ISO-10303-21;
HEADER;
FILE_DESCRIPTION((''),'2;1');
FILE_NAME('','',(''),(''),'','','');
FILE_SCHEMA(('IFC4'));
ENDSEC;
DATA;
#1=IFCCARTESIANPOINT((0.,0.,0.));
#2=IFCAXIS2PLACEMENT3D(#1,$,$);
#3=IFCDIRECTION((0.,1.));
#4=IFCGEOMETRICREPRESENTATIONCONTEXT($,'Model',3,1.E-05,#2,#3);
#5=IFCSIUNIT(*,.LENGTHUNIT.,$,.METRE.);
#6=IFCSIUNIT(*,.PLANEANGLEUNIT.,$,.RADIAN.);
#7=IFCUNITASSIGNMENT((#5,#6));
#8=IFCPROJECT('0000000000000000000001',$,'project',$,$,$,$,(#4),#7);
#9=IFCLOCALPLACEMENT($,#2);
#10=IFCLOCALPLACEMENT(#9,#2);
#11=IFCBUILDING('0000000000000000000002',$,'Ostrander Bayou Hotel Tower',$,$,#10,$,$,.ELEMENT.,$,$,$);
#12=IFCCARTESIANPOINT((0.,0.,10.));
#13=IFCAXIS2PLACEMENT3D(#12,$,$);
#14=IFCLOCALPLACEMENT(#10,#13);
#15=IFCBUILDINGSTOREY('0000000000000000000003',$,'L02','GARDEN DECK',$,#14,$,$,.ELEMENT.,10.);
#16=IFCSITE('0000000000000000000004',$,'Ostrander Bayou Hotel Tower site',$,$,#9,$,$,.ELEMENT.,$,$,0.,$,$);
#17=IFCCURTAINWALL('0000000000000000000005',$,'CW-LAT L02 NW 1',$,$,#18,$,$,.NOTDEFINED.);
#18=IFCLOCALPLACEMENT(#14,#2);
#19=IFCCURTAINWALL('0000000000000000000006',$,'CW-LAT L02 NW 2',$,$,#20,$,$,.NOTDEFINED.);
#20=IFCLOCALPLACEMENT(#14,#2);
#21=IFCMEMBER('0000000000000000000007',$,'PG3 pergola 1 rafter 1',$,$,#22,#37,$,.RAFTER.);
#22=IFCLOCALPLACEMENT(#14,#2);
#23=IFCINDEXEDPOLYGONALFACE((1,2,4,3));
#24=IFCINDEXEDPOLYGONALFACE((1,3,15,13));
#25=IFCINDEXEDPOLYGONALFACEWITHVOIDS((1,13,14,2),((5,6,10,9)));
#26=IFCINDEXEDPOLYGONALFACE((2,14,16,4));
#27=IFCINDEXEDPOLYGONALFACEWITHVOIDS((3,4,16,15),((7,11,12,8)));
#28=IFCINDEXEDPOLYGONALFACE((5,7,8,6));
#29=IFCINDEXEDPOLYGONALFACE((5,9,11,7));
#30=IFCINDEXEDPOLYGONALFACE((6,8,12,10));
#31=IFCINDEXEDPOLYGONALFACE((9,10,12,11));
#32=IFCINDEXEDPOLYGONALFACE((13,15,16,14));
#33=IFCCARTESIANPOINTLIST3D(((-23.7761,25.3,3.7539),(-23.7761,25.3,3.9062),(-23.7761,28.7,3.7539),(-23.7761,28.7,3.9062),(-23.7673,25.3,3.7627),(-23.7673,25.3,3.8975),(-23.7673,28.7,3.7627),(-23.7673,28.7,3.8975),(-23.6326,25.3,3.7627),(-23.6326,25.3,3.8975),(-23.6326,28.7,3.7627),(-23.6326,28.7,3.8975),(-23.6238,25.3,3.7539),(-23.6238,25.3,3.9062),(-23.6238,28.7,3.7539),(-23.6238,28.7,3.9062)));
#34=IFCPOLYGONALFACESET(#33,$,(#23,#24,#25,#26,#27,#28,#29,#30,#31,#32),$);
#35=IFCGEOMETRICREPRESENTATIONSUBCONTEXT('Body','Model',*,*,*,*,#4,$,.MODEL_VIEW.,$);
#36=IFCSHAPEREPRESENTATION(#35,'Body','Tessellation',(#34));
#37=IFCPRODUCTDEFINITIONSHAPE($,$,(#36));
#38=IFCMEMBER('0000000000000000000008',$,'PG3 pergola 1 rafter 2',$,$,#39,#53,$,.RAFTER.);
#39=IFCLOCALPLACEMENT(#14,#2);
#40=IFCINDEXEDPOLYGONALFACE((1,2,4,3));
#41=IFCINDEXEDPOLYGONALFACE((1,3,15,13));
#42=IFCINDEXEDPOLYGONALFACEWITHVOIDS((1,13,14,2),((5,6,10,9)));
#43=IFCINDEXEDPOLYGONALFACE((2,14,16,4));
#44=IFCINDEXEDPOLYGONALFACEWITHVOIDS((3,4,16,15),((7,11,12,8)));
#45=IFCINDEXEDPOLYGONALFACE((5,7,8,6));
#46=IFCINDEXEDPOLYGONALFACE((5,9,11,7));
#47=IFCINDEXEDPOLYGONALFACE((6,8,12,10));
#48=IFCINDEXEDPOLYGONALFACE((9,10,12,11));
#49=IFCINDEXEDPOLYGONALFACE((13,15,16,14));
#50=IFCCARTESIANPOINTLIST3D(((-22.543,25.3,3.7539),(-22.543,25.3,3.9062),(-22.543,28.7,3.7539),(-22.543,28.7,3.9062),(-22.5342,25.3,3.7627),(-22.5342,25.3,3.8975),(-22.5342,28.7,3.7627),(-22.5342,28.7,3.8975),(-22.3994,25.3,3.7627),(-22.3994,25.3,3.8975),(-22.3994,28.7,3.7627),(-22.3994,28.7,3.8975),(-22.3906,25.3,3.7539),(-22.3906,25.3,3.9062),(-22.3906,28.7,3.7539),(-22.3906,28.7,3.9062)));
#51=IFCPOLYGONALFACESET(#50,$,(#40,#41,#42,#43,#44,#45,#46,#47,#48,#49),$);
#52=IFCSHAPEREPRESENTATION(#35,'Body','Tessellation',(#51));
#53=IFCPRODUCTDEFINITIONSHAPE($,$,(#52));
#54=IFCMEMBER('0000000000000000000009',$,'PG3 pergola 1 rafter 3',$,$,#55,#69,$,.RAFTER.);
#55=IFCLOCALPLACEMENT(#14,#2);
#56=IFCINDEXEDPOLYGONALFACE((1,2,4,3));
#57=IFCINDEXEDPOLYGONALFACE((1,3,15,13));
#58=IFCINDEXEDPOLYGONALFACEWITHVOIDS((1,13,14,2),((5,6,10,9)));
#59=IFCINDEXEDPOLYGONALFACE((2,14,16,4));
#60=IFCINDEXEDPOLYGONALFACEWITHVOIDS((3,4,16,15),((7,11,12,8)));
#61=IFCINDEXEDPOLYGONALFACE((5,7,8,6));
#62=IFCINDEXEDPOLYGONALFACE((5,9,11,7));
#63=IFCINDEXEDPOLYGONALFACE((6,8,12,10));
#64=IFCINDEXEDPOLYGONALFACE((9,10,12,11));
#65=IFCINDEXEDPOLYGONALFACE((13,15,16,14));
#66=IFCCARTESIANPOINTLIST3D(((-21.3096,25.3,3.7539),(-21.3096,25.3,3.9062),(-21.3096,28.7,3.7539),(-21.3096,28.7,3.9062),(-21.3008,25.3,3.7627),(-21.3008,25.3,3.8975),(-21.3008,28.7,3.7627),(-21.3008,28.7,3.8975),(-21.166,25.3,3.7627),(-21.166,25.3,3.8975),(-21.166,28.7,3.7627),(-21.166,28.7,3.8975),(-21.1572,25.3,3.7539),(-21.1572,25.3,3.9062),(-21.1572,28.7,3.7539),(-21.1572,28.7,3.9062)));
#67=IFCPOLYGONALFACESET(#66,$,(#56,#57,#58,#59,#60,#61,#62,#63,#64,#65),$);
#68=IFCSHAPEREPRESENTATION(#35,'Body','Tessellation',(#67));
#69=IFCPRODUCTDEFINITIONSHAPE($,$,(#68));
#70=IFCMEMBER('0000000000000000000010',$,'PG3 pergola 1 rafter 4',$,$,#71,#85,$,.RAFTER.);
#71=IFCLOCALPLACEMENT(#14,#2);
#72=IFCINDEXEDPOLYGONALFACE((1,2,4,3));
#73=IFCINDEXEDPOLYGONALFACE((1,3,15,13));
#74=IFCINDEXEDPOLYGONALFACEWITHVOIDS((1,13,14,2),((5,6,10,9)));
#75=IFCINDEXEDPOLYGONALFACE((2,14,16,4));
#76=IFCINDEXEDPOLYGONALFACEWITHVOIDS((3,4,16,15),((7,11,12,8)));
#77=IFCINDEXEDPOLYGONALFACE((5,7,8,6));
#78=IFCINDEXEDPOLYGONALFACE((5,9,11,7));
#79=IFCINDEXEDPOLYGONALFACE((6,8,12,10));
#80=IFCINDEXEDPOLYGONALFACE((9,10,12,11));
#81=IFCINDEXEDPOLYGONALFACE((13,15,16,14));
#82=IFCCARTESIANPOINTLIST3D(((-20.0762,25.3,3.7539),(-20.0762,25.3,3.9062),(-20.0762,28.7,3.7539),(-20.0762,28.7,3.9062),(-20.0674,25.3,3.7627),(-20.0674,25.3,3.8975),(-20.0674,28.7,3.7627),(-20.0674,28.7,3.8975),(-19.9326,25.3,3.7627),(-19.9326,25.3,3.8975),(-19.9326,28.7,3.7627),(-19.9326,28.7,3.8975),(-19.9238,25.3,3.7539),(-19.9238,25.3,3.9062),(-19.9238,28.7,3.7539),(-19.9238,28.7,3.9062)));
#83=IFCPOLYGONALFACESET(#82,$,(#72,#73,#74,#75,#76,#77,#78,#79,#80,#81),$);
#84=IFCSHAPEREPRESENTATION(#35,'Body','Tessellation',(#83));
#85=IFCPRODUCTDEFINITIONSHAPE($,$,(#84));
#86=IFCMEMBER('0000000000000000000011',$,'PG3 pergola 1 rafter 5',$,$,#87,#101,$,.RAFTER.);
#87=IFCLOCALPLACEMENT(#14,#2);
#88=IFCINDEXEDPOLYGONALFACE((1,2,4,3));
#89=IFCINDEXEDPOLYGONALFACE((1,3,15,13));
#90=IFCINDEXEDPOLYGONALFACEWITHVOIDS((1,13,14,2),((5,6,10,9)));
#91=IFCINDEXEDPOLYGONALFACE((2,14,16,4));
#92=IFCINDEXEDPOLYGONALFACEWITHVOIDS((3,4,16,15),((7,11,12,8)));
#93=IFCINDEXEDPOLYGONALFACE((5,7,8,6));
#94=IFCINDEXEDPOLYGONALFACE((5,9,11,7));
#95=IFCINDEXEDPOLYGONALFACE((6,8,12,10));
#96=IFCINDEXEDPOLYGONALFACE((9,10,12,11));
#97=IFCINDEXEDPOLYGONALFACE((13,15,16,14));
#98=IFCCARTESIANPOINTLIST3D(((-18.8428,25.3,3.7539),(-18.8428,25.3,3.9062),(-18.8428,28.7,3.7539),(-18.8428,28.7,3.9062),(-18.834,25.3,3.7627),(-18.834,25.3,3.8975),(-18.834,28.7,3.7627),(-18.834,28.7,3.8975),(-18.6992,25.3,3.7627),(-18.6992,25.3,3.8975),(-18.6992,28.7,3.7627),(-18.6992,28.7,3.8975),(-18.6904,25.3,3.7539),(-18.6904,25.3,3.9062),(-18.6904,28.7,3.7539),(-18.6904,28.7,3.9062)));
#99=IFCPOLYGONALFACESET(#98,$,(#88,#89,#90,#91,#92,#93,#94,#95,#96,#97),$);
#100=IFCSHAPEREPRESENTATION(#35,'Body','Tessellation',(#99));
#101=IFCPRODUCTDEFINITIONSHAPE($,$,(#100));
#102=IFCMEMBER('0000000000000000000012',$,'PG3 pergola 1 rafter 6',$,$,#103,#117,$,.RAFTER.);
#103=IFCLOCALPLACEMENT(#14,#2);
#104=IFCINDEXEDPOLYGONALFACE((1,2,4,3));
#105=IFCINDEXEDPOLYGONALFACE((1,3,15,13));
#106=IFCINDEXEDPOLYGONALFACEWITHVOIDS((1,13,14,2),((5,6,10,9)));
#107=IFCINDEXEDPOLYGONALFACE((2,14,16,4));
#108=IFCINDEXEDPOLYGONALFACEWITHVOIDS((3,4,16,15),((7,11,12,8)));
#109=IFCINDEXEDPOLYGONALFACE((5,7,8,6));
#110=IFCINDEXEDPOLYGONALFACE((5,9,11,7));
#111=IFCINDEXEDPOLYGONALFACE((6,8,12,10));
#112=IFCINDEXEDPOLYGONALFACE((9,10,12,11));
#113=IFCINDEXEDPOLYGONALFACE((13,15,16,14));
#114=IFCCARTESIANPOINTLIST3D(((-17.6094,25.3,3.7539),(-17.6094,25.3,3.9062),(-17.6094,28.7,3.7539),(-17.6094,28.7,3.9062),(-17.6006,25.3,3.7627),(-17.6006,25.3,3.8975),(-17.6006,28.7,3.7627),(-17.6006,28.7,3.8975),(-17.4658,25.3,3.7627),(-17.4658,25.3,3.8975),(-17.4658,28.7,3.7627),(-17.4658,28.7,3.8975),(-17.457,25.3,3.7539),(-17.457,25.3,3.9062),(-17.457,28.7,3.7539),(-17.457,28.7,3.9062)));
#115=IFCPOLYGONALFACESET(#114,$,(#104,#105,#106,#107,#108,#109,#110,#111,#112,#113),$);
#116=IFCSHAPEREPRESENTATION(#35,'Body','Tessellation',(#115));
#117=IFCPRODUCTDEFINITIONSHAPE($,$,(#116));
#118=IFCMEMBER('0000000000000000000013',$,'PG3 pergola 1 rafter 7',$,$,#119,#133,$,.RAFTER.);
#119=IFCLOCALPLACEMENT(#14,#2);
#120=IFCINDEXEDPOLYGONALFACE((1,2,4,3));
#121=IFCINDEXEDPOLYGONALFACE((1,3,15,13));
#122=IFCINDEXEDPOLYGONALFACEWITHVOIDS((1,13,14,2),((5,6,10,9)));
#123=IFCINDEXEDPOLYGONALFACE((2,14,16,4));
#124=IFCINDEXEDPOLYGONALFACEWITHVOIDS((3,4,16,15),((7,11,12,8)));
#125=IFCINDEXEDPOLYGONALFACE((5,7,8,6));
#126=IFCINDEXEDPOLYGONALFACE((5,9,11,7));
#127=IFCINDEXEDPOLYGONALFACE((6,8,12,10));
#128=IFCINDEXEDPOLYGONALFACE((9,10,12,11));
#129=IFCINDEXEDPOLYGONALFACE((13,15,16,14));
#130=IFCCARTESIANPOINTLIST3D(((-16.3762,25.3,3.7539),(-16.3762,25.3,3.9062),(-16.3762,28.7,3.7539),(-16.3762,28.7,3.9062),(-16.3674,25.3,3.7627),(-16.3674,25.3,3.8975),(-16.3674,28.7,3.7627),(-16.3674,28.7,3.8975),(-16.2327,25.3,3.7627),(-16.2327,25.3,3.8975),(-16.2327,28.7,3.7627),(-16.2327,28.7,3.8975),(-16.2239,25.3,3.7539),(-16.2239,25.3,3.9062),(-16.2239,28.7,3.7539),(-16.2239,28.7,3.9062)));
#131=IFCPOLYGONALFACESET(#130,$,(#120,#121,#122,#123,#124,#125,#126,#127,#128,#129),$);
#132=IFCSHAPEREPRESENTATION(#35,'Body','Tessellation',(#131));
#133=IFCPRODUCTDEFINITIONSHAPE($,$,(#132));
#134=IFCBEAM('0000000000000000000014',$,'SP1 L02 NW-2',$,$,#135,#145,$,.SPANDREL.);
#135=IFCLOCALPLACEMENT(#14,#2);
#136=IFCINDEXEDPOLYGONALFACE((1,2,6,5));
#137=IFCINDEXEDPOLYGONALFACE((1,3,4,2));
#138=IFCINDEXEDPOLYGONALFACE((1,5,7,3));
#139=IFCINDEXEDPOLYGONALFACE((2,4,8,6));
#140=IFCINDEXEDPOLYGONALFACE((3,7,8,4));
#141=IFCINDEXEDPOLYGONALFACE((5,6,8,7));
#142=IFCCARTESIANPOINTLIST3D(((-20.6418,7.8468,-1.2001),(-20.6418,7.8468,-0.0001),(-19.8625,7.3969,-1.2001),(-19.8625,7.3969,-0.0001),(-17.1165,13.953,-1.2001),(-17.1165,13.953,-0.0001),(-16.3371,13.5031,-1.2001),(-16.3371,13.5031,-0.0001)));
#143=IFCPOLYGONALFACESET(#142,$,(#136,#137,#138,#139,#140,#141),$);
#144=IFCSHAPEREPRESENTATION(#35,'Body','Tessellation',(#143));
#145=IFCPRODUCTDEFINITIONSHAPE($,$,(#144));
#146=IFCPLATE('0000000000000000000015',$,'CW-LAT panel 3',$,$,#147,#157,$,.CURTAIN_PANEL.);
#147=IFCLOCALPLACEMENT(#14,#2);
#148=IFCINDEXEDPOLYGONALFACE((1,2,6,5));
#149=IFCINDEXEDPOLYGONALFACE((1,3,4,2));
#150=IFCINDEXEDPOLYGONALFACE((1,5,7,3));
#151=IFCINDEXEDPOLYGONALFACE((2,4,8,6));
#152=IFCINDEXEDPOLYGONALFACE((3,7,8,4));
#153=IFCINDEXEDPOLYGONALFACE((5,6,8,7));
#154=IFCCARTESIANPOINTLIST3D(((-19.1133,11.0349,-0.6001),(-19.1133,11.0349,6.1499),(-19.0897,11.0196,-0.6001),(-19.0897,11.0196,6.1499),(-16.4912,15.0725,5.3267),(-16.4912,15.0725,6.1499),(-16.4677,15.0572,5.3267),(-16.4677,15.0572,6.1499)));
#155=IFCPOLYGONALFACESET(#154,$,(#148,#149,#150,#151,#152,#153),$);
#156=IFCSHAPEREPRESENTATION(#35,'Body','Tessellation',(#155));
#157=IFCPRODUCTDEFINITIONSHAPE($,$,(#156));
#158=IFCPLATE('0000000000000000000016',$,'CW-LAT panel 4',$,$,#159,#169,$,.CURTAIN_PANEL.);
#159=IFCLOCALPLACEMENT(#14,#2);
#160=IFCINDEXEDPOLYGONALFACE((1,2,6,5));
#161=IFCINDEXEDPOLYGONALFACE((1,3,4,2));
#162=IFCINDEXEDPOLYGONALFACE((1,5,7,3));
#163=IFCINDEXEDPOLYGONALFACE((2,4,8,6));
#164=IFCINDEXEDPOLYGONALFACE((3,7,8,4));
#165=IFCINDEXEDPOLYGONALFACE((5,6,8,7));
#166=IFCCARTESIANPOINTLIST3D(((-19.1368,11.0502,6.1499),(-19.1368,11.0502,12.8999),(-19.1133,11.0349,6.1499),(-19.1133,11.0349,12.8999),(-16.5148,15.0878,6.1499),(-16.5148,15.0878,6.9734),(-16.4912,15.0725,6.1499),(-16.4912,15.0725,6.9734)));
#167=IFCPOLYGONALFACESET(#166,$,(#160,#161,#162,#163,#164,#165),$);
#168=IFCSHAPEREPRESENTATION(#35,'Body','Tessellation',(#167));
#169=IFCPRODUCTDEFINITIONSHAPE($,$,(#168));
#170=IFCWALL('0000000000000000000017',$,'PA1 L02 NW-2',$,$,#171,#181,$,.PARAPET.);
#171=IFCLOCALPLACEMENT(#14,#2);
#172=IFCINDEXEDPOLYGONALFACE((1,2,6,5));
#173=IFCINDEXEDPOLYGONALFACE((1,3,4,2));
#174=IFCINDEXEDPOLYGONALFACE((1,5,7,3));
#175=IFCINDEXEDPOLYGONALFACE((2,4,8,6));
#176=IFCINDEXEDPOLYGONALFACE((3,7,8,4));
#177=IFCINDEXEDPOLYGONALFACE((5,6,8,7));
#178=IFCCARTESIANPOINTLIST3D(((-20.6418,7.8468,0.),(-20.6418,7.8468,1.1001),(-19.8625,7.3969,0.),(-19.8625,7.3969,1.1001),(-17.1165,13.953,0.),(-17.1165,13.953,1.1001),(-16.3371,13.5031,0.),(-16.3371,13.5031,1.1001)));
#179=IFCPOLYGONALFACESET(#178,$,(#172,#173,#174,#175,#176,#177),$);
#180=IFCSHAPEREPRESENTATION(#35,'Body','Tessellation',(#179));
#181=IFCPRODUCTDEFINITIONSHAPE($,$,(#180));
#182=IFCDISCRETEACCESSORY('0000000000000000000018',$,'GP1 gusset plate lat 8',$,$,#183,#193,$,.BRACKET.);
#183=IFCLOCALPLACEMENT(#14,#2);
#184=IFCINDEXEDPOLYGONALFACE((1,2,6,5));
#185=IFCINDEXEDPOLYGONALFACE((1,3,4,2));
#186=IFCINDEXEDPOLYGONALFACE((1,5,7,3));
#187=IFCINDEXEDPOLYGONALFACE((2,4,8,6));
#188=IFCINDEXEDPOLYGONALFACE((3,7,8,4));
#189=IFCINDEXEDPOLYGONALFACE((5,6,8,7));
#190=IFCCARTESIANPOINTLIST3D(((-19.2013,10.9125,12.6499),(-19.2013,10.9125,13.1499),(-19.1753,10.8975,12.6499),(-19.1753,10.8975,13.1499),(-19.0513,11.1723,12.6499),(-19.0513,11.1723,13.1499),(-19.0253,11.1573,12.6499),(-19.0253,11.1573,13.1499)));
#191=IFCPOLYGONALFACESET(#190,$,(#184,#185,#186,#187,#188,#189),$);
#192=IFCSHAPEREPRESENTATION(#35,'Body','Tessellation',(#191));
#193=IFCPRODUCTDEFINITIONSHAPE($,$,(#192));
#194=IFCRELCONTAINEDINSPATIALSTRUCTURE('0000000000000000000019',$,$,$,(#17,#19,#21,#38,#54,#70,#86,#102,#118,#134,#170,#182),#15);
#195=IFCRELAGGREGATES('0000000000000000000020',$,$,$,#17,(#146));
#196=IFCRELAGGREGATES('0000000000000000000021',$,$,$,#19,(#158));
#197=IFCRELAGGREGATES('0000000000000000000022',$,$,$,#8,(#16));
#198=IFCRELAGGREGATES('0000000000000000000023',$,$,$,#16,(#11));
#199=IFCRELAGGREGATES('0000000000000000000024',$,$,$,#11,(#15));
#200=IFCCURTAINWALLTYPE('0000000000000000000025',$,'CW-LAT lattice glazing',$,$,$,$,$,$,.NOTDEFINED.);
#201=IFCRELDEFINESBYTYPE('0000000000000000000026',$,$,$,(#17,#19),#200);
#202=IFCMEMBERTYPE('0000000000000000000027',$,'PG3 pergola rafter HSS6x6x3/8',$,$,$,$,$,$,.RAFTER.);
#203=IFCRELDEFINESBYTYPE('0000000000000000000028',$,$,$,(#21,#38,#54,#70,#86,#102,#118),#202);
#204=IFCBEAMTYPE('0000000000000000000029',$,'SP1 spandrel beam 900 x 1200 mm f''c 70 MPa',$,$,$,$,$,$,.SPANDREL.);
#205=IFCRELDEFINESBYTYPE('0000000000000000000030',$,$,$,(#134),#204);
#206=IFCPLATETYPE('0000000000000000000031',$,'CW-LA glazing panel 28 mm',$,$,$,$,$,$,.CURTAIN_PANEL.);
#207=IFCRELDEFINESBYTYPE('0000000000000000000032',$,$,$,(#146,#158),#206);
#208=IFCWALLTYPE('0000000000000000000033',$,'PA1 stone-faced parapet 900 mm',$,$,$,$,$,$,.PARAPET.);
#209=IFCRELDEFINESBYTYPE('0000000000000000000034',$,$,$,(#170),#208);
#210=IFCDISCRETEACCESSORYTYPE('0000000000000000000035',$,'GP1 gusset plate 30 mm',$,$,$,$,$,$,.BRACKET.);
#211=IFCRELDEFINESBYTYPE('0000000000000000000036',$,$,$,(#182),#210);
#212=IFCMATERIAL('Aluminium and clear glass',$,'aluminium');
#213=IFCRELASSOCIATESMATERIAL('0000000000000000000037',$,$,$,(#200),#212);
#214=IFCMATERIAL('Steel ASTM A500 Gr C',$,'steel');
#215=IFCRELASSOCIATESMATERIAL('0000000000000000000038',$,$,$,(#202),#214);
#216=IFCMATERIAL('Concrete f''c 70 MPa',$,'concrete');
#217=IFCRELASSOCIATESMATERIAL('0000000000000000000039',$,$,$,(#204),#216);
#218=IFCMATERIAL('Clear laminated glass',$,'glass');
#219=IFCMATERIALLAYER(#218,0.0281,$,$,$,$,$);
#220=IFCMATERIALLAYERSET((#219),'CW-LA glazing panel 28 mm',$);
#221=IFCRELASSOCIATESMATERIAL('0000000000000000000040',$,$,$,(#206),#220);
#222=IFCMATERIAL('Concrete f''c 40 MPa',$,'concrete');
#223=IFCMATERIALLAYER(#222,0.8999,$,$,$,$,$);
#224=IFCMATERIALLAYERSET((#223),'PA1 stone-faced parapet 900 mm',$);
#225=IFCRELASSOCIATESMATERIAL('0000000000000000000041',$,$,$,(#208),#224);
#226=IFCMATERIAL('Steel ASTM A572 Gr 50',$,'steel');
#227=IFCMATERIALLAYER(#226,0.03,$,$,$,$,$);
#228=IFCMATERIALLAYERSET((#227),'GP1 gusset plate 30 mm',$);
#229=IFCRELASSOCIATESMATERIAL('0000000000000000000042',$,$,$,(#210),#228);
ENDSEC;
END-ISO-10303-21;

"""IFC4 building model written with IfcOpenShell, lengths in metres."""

from ifc_helpers import new_model, si_unit, direction, frame, frame_2d, origin, origin_2d, place, context, subcontext, project, spatial, polyline, rectangle, hollow_rectangle, outline, extrude, material, layer, layer_set, material_profile, profile_set, type_object, element, aggregate, save


model = new_model("IFC4")

# Units and contexts
model_context = context("Model", 3, precision=1e-05, world=origin(), true_north=direction((0.0, 1.0)))
body_context = subcontext(model_context, "Body", "Model", "MODEL_VIEW")
ifc_project = project(units=[si_unit("LENGTHUNIT", "METRE"), si_unit("PLANEANGLEUNIT", "RADIAN")], contexts=[model_context])

# Site, building, storey
site_placement = place(None, origin())
site = spatial("IfcSite", under=ifc_project, at=site_placement, Name="Ostrander Bayou Hotel Tower site", CompositionType="ELEMENT", RefElevation=0.0)
building_placement = place(site_placement, origin())
building = spatial("IfcBuilding", under=site, at=building_placement, Name="Ostrander Bayou Hotel Tower", CompositionType="ELEMENT")
storey_placement = place(building_placement, frame((0.0, 0.0, 10.0)))
storey = spatial("IfcBuildingStorey", under=building, at=storey_placement, Name="L02", Description="GARDEN DECK", CompositionType="ELEMENT", Elevation=10.0)

# Curtain walls
ifc_material_1 = material(Name="Aluminium and clear glass", Category="aluminium")
curtain_wall_type = type_object("IfcCurtainWallType", Name="CW-LAT lattice glazing", PredefinedType="NOTDEFINED", material=ifc_material_1)
curtain_wall_1_placement = place(storey_placement, origin())
curtain_wall_1 = element("IfcCurtainWall", 1, at=curtain_wall_1_placement, inside=storey, type_object=curtain_wall_type, Name="CW-LAT L02 NW 1", PredefinedType="NOTDEFINED")
curtain_wall_2_placement = place(storey_placement, origin())
curtain_wall_2 = element("IfcCurtainWall", 2, at=curtain_wall_2_placement, inside=storey, type_object=curtain_wall_type, Name="CW-LAT L02 NW 2", PredefinedType="NOTDEFINED")

# Members
ifc_material_2 = material(Name="Steel ASTM A500 Gr C", Category="steel")
ifc_material_profile_1 = material_profile(ifc_material_2, hollow_rectangle(XDim=0.1523, YDim=0.1523, WallThickness=0.0088, at=origin_2d()))
ifc_profile_set_1 = profile_set([ifc_material_profile_1], Name="Steel ASTM A500 Gr C")
member_type_1 = type_object("IfcMemberType", Name="PG3 pergola rafter HSS6x6x3/8", PredefinedType="RAFTER", material=ifc_profile_set_1)
for number, where, z_axis, x_axis, name in (
    (3, (-23.7, 25.3, 3.8301), (0.0, 1.0, 0.0), (-1.0, 0.0, 0.0), "PG3 pergola 1 rafter 1"),
    (4, (-22.4668, 25.3, 3.8301), (0.0, 1.0, 0.0), (-1.0, 0.0, 0.0), "PG3 pergola 1 rafter 2"),
    (5, (-21.2334, 25.3, 3.8301), (0.0, 1.0, 0.0), (-1.0, 0.0, 0.0), "PG3 pergola 1 rafter 3"),
    (6, (-20.0, 25.3, 3.8301), (0.0, 1.0, 0.0), (-1.0, 0.0, 0.0), "PG3 pergola 1 rafter 4"),
    (7, (-18.7666, 25.3, 3.8301), (0.0, 1.0, 0.0), (-1.0, 0.0, 0.0), "PG3 pergola 1 rafter 5"),
    (8, (-17.5332, 25.3, 3.8301), (0.0, 1.0, 0.0), (-1.0, 0.0, 0.0), "PG3 pergola 1 rafter 6"),
    (9, (-16.3, 25.3, 3.8301), (0.0, 1.0, 0.0), (-1.0, 0.0, 0.0), "PG3 pergola 1 rafter 7"),
):
    element("IfcMember", number, at=place(storey_placement, frame(where, z_axis=z_axis, x_axis=x_axis)), inside=storey, type_object=member_type_1, Name=name, PredefinedType="RAFTER", context=body_context, shape_type="SweptSolid", body=[
        extrude(hollow_rectangle(XDim=0.1523, YDim=0.1523, WallThickness=0.0088, at=origin_2d()), origin(), (0.0, 0.0, 1.0), 3.3999),
    ])

# Beam
ifc_material_3 = material(Name="Concrete f'c 70 MPa", Category="concrete")
ifc_material_profile_2 = material_profile(ifc_material_3, rectangle(XDim=0.8999, YDim=1.2, at=origin_2d()))
ifc_profile_set_2 = profile_set([ifc_material_profile_2], Name="Concrete f'c 70 MPa")
beam_type_1 = type_object("IfcBeamType", Name="SP1 spandrel beam 900 x 1200 mm f'c 70 MPa", PredefinedType="SPANDREL", material=ifc_profile_set_2)
beam_placement = place(storey_placement, frame((-16.7268, 13.728, -0.6001), z_axis=(-0.499997, -0.866027, 0.0), x_axis=(0.866027, -0.499997, 0.0)))
element("IfcBeam", 10, at=beam_placement, inside=storey, type_object=beam_type_1, Name="SP1 L02 NW-2", PredefinedType="SPANDREL", context=body_context, shape_type="SweptSolid", body=[
    extrude(rectangle(XDim=0.8999, YDim=1.2, at=origin_2d()), origin(), (0.0, 0.0, 1.0), 7.0508),
])

# Plates
ifc_material_4 = material(Name="Clear laminated glass", Category="glass")
ifc_layer_1 = layer(ifc_material_4, 0.0281)
ifc_layer_set_1 = layer_set([ifc_layer_1], Name="CW-LA glazing panel 28 mm")
plate_type = type_object("IfcPlateType", Name="CW-LA glazing panel 28 mm", PredefinedType="CURTAIN_PANEL", material=ifc_layer_set_1)
plate_1_placement = place(storey_placement, frame((-16.4912, 15.0725, 5.3267), z_axis=(-0.838668, 0.544643, 0.0), x_axis=(-0.343396, -0.528779, -0.776191)))
plate_1 = element("IfcPlate", 11, at=plate_1_placement, type_object=plate_type, Name="CW-LAT panel 3", PredefinedType="CURTAIN_PANEL", context=body_context, shape_type="SweptSolid", body=[
    extrude(outline(polyline([(0.0, 0.0), (7.6357, 0.0), (2.3964, 4.2559), (-0.639, 0.5191), (0.0, 0.0)])), origin(), (0.0, 0.0, -1.0), 0.0281),
])
aggregate(curtain_wall_1, [plate_1])
plate_2_placement = place(storey_placement, frame((-16.4912, 15.0725, 6.9734), z_axis=(0.838668, -0.544643, 0.0), x_axis=(-0.343405, -0.528792, 0.776178)))
plate_2 = element("IfcPlate", 12, at=plate_2_placement, type_object=plate_type, Name="CW-LAT panel 4", PredefinedType="CURTAIN_PANEL", context=body_context, shape_type="SweptSolid", body=[
    extrude(outline(polyline([(0.0, 0.0), (7.6355, 0.0), (2.3963, 4.256), (-0.6392, 0.5192), (0.0, 0.0)])), origin(), (0.0, 0.0, -1.0), 0.0281),
])
aggregate(curtain_wall_2, [plate_2])

# Wall
ifc_material_5 = material(Name="Concrete f'c 40 MPa", Category="concrete")
ifc_layer_2 = layer(ifc_material_5, 0.8999)
ifc_layer_set_2 = layer_set([ifc_layer_2], Name="PA1 stone-faced parapet 900 mm")
wall_type = type_object("IfcWallType", Name="PA1 stone-faced parapet 900 mm", PredefinedType="PARAPET", material=ifc_layer_set_2)
wall_placement = place(storey_placement, frame((-16.7268, 13.728, 0.0), z_axis=(0.0, 0.0, 1.0), x_axis=(-0.499997, -0.866027, 0.0)))
element("IfcWall", 13, at=wall_placement, inside=storey, type_object=wall_type, Name="PA1 L02 NW-2", PredefinedType="PARAPET", context=body_context, shape_type="SweptSolid", body=[
    extrude(rectangle(XDim=7.0508, YDim=0.8999, at=frame_2d((3.5254, 0.0))), origin(), (0.0, 0.0, 1.0), 1.1001),
])

# Discrete accessory
ifc_material_6 = material(Name="Steel ASTM A572 Gr 50", Category="steel")
ifc_layer_3 = layer(ifc_material_6, 0.03)
ifc_layer_set_3 = layer_set([ifc_layer_3], Name="GP1 gusset plate 30 mm")
discrete_accessory_type = type_object("IfcDiscreteAccessoryType", Name="GP1 gusset plate 30 mm", PredefinedType="BRACKET", material=ifc_layer_set_3)
discrete_accessory_placement = place(storey_placement, frame((-19.1133, 11.0349, 12.6499), z_axis=(0.0, 0.0, 1.0), x_axis=(-0.5, -0.866025, 0.0)))
element("IfcDiscreteAccessory", 14, at=discrete_accessory_placement, inside=storey, type_object=discrete_accessory_type, Name="GP1 gusset plate lat 8", PredefinedType="BRACKET", context=body_context, shape_type="SweptSolid", body=[
    extrude(rectangle(XDim=0.3, YDim=0.03, at=origin_2d()), origin(), (0.0, 0.0, 1.0), 0.5),
])

save(model, "model.ifc")
